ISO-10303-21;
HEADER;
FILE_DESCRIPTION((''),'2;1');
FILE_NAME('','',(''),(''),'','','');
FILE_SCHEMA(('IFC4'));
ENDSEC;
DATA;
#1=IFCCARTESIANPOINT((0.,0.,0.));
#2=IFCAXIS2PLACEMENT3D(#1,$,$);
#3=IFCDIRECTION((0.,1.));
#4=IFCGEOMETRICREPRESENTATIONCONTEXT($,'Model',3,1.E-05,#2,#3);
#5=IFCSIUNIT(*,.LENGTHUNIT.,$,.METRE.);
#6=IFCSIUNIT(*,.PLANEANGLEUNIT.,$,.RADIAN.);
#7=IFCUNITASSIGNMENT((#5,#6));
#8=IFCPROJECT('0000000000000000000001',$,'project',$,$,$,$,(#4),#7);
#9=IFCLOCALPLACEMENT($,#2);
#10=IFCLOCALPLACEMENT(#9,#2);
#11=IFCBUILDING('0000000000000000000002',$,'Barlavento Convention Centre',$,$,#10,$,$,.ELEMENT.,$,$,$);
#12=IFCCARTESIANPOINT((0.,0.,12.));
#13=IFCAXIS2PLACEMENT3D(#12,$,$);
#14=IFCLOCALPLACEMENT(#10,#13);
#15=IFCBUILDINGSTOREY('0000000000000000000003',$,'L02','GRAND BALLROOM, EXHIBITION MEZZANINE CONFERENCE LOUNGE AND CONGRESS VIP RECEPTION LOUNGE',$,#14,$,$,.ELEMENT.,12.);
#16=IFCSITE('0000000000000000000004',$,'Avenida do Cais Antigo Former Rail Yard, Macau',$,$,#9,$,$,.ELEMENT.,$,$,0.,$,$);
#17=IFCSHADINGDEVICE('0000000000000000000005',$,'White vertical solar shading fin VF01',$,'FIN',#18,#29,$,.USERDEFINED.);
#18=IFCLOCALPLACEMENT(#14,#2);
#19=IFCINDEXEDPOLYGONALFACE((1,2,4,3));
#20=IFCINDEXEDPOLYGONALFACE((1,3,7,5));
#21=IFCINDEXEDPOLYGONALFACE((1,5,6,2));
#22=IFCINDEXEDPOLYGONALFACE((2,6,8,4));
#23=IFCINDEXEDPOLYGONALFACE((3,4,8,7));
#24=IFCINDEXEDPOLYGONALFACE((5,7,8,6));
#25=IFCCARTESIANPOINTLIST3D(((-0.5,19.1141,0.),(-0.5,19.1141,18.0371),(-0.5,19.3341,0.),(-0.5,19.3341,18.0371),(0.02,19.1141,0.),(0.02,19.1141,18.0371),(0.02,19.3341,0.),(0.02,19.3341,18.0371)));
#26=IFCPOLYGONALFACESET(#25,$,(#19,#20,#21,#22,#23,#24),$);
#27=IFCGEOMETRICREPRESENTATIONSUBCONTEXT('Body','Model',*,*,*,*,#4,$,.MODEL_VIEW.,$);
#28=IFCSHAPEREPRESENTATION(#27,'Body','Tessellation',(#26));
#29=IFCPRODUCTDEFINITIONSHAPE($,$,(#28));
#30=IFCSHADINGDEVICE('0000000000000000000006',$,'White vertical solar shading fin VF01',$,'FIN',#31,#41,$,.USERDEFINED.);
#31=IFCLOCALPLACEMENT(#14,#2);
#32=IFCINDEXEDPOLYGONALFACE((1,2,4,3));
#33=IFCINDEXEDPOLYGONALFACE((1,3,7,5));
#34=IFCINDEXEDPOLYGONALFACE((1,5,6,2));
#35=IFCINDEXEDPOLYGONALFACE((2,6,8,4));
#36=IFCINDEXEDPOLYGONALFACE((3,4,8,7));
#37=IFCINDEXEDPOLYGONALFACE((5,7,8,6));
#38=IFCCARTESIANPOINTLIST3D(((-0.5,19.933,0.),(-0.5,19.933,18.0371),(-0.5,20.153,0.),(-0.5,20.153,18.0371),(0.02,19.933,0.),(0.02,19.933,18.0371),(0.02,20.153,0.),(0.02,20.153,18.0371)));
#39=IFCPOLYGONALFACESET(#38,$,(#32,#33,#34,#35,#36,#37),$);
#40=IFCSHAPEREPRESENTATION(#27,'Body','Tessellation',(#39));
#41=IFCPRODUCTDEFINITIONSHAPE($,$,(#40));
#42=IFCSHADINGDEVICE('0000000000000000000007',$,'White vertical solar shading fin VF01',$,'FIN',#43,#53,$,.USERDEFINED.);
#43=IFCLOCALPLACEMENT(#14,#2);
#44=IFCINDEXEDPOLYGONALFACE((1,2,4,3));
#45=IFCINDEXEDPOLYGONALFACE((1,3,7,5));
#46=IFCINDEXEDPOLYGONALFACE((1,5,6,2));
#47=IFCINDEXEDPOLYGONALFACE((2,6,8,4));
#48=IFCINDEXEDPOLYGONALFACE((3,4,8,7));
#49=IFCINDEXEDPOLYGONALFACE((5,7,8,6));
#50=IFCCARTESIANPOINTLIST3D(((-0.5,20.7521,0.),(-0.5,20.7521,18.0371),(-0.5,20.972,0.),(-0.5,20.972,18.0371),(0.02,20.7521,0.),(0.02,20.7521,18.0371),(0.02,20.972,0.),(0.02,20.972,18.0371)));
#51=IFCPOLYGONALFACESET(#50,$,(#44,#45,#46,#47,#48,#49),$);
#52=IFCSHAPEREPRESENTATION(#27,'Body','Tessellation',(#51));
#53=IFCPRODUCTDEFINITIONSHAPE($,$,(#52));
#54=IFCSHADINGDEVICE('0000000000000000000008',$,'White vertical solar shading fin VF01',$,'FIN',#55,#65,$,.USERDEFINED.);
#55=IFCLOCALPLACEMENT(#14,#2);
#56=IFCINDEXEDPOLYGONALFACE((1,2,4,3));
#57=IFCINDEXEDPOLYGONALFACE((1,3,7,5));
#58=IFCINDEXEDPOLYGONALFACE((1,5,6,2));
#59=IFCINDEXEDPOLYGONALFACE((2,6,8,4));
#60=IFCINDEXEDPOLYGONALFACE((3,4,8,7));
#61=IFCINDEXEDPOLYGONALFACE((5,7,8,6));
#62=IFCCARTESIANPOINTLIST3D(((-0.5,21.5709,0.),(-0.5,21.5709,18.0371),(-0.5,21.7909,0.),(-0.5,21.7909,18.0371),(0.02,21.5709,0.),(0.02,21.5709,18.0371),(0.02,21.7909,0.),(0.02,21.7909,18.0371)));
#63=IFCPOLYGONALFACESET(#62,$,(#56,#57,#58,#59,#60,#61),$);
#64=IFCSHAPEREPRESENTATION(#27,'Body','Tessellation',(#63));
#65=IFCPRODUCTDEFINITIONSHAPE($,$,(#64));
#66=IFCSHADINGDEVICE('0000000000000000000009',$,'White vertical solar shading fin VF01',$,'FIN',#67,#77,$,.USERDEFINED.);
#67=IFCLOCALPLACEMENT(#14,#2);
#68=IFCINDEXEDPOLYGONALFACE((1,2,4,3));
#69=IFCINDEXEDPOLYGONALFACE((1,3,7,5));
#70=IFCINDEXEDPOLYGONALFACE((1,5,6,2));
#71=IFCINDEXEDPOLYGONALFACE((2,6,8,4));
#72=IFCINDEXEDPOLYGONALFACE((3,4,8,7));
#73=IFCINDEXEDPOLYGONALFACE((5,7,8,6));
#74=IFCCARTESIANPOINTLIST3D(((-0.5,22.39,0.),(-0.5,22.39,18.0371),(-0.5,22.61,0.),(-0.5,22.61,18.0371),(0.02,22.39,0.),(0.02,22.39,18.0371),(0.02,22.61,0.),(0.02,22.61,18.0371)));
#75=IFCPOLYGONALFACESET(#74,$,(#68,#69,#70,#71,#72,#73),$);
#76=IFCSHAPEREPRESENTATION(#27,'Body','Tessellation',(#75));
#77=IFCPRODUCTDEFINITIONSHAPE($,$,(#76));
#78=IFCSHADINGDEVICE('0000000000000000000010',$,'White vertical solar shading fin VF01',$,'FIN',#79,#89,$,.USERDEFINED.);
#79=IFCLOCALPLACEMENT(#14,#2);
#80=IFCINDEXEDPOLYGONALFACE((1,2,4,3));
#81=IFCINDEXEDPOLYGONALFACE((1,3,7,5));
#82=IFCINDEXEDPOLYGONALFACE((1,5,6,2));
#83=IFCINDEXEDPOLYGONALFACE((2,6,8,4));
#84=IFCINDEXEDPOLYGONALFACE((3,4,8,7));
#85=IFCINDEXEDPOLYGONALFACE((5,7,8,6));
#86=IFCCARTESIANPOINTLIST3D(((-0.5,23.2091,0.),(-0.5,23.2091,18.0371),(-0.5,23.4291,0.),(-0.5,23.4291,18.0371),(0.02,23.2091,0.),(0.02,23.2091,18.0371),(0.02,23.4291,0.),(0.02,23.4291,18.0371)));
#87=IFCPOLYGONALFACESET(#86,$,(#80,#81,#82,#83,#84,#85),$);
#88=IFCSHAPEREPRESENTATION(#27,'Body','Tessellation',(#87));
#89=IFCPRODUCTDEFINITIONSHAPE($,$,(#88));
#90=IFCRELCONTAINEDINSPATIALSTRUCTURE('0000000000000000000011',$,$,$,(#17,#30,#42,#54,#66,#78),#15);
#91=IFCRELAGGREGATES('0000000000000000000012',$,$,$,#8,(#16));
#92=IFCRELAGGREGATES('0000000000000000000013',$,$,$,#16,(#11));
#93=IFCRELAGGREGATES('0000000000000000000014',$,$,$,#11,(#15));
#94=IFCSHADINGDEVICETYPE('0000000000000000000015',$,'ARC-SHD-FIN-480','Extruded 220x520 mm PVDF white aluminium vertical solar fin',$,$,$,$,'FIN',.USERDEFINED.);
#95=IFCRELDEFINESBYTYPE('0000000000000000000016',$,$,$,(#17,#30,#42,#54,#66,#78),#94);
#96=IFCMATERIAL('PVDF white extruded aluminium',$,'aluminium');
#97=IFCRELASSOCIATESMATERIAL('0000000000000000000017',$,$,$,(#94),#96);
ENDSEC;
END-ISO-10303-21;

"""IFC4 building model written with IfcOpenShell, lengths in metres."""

from ifc_helpers import new_model, si_unit, direction, frame, origin, origin_2d, place, context, subcontext, project, spatial, rectangle, extrude, material, type_object, element, save


model = new_model("IFC4")

# Units and contexts
model_context = context("Model", 3, precision=1e-05, world=origin(), true_north=direction((0.0, 1.0)))
body_context = subcontext(model_context, "Body", "Model", "MODEL_VIEW")
ifc_project = project(units=[si_unit("LENGTHUNIT", "METRE"), si_unit("PLANEANGLEUNIT", "RADIAN")], contexts=[model_context])

# Site, building, storey
site_placement = place(None, origin())
site = spatial("IfcSite", under=ifc_project, at=site_placement, Name="Avenida do Cais Antigo Former Rail Yard, Macau", CompositionType="ELEMENT", RefElevation=0.0)
building_placement = place(site_placement, origin())
building = spatial("IfcBuilding", under=site, at=building_placement, Name="Barlavento Convention Centre", CompositionType="ELEMENT")
storey_placement = place(building_placement, frame((0.0, 0.0, 12.0)))
storey = spatial("IfcBuildingStorey", under=building, at=storey_placement, Name="L02", Description="GRAND BALLROOM, EXHIBITION MEZZANINE CONFERENCE LOUNGE AND CONGRESS VIP RECEPTION LOUNGE", CompositionType="ELEMENT", Elevation=12.0)

# Shading devices
ifc_material_1 = material(Name="PVDF white extruded aluminium", Category="aluminium")
shading_device_type = type_object("IfcShadingDeviceType", Name="ARC-SHD-FIN-480", Description="Extruded 220x520 mm PVDF white aluminium vertical solar fin", ElementType="FIN", PredefinedType="USERDEFINED", material=ifc_material_1)
for number, where, z_axis, x_axis, name in (
    (1, (-0.24, 19.2241, 0.0), (0.0, 0.0, 1.0), (0.0, 1.0, 0.0), "White vertical solar shading fin VF01"),
    (2, (-0.24, 20.043, 0.0), (0.0, 0.0, 1.0), (0.0, 1.0, 0.0), "White vertical solar shading fin VF01"),
    (3, (-0.24, 20.8621, 0.0), (0.0, 0.0, 1.0), (0.0, 1.0, 0.0), "White vertical solar shading fin VF01"),
    (4, (-0.24, 21.6809, 0.0), (0.0, 0.0, 1.0), (0.0, 1.0, 0.0), "White vertical solar shading fin VF01"),
    (5, (-0.24, 22.5, 0.0), (0.0, 0.0, 1.0), (0.0, 1.0, 0.0), "White vertical solar shading fin VF01"),
    (6, (-0.24, 23.3191, 0.0), (0.0, 0.0, 1.0), (0.0, 1.0, 0.0), "White vertical solar shading fin VF01"),
):
    element("IfcShadingDevice", number, at=place(storey_placement, frame(where, z_axis=z_axis, x_axis=x_axis)), inside=storey, type_object=shading_device_type, Name=name, ObjectType="FIN", PredefinedType="USERDEFINED", context=body_context, shape_type="SweptSolid", body=[
        extrude(rectangle(XDim=0.22, YDim=0.52, at=origin_2d()), origin(), (0.0, 0.0, 1.0), 18.0371),
    ])

save(model, "model.ifc")
